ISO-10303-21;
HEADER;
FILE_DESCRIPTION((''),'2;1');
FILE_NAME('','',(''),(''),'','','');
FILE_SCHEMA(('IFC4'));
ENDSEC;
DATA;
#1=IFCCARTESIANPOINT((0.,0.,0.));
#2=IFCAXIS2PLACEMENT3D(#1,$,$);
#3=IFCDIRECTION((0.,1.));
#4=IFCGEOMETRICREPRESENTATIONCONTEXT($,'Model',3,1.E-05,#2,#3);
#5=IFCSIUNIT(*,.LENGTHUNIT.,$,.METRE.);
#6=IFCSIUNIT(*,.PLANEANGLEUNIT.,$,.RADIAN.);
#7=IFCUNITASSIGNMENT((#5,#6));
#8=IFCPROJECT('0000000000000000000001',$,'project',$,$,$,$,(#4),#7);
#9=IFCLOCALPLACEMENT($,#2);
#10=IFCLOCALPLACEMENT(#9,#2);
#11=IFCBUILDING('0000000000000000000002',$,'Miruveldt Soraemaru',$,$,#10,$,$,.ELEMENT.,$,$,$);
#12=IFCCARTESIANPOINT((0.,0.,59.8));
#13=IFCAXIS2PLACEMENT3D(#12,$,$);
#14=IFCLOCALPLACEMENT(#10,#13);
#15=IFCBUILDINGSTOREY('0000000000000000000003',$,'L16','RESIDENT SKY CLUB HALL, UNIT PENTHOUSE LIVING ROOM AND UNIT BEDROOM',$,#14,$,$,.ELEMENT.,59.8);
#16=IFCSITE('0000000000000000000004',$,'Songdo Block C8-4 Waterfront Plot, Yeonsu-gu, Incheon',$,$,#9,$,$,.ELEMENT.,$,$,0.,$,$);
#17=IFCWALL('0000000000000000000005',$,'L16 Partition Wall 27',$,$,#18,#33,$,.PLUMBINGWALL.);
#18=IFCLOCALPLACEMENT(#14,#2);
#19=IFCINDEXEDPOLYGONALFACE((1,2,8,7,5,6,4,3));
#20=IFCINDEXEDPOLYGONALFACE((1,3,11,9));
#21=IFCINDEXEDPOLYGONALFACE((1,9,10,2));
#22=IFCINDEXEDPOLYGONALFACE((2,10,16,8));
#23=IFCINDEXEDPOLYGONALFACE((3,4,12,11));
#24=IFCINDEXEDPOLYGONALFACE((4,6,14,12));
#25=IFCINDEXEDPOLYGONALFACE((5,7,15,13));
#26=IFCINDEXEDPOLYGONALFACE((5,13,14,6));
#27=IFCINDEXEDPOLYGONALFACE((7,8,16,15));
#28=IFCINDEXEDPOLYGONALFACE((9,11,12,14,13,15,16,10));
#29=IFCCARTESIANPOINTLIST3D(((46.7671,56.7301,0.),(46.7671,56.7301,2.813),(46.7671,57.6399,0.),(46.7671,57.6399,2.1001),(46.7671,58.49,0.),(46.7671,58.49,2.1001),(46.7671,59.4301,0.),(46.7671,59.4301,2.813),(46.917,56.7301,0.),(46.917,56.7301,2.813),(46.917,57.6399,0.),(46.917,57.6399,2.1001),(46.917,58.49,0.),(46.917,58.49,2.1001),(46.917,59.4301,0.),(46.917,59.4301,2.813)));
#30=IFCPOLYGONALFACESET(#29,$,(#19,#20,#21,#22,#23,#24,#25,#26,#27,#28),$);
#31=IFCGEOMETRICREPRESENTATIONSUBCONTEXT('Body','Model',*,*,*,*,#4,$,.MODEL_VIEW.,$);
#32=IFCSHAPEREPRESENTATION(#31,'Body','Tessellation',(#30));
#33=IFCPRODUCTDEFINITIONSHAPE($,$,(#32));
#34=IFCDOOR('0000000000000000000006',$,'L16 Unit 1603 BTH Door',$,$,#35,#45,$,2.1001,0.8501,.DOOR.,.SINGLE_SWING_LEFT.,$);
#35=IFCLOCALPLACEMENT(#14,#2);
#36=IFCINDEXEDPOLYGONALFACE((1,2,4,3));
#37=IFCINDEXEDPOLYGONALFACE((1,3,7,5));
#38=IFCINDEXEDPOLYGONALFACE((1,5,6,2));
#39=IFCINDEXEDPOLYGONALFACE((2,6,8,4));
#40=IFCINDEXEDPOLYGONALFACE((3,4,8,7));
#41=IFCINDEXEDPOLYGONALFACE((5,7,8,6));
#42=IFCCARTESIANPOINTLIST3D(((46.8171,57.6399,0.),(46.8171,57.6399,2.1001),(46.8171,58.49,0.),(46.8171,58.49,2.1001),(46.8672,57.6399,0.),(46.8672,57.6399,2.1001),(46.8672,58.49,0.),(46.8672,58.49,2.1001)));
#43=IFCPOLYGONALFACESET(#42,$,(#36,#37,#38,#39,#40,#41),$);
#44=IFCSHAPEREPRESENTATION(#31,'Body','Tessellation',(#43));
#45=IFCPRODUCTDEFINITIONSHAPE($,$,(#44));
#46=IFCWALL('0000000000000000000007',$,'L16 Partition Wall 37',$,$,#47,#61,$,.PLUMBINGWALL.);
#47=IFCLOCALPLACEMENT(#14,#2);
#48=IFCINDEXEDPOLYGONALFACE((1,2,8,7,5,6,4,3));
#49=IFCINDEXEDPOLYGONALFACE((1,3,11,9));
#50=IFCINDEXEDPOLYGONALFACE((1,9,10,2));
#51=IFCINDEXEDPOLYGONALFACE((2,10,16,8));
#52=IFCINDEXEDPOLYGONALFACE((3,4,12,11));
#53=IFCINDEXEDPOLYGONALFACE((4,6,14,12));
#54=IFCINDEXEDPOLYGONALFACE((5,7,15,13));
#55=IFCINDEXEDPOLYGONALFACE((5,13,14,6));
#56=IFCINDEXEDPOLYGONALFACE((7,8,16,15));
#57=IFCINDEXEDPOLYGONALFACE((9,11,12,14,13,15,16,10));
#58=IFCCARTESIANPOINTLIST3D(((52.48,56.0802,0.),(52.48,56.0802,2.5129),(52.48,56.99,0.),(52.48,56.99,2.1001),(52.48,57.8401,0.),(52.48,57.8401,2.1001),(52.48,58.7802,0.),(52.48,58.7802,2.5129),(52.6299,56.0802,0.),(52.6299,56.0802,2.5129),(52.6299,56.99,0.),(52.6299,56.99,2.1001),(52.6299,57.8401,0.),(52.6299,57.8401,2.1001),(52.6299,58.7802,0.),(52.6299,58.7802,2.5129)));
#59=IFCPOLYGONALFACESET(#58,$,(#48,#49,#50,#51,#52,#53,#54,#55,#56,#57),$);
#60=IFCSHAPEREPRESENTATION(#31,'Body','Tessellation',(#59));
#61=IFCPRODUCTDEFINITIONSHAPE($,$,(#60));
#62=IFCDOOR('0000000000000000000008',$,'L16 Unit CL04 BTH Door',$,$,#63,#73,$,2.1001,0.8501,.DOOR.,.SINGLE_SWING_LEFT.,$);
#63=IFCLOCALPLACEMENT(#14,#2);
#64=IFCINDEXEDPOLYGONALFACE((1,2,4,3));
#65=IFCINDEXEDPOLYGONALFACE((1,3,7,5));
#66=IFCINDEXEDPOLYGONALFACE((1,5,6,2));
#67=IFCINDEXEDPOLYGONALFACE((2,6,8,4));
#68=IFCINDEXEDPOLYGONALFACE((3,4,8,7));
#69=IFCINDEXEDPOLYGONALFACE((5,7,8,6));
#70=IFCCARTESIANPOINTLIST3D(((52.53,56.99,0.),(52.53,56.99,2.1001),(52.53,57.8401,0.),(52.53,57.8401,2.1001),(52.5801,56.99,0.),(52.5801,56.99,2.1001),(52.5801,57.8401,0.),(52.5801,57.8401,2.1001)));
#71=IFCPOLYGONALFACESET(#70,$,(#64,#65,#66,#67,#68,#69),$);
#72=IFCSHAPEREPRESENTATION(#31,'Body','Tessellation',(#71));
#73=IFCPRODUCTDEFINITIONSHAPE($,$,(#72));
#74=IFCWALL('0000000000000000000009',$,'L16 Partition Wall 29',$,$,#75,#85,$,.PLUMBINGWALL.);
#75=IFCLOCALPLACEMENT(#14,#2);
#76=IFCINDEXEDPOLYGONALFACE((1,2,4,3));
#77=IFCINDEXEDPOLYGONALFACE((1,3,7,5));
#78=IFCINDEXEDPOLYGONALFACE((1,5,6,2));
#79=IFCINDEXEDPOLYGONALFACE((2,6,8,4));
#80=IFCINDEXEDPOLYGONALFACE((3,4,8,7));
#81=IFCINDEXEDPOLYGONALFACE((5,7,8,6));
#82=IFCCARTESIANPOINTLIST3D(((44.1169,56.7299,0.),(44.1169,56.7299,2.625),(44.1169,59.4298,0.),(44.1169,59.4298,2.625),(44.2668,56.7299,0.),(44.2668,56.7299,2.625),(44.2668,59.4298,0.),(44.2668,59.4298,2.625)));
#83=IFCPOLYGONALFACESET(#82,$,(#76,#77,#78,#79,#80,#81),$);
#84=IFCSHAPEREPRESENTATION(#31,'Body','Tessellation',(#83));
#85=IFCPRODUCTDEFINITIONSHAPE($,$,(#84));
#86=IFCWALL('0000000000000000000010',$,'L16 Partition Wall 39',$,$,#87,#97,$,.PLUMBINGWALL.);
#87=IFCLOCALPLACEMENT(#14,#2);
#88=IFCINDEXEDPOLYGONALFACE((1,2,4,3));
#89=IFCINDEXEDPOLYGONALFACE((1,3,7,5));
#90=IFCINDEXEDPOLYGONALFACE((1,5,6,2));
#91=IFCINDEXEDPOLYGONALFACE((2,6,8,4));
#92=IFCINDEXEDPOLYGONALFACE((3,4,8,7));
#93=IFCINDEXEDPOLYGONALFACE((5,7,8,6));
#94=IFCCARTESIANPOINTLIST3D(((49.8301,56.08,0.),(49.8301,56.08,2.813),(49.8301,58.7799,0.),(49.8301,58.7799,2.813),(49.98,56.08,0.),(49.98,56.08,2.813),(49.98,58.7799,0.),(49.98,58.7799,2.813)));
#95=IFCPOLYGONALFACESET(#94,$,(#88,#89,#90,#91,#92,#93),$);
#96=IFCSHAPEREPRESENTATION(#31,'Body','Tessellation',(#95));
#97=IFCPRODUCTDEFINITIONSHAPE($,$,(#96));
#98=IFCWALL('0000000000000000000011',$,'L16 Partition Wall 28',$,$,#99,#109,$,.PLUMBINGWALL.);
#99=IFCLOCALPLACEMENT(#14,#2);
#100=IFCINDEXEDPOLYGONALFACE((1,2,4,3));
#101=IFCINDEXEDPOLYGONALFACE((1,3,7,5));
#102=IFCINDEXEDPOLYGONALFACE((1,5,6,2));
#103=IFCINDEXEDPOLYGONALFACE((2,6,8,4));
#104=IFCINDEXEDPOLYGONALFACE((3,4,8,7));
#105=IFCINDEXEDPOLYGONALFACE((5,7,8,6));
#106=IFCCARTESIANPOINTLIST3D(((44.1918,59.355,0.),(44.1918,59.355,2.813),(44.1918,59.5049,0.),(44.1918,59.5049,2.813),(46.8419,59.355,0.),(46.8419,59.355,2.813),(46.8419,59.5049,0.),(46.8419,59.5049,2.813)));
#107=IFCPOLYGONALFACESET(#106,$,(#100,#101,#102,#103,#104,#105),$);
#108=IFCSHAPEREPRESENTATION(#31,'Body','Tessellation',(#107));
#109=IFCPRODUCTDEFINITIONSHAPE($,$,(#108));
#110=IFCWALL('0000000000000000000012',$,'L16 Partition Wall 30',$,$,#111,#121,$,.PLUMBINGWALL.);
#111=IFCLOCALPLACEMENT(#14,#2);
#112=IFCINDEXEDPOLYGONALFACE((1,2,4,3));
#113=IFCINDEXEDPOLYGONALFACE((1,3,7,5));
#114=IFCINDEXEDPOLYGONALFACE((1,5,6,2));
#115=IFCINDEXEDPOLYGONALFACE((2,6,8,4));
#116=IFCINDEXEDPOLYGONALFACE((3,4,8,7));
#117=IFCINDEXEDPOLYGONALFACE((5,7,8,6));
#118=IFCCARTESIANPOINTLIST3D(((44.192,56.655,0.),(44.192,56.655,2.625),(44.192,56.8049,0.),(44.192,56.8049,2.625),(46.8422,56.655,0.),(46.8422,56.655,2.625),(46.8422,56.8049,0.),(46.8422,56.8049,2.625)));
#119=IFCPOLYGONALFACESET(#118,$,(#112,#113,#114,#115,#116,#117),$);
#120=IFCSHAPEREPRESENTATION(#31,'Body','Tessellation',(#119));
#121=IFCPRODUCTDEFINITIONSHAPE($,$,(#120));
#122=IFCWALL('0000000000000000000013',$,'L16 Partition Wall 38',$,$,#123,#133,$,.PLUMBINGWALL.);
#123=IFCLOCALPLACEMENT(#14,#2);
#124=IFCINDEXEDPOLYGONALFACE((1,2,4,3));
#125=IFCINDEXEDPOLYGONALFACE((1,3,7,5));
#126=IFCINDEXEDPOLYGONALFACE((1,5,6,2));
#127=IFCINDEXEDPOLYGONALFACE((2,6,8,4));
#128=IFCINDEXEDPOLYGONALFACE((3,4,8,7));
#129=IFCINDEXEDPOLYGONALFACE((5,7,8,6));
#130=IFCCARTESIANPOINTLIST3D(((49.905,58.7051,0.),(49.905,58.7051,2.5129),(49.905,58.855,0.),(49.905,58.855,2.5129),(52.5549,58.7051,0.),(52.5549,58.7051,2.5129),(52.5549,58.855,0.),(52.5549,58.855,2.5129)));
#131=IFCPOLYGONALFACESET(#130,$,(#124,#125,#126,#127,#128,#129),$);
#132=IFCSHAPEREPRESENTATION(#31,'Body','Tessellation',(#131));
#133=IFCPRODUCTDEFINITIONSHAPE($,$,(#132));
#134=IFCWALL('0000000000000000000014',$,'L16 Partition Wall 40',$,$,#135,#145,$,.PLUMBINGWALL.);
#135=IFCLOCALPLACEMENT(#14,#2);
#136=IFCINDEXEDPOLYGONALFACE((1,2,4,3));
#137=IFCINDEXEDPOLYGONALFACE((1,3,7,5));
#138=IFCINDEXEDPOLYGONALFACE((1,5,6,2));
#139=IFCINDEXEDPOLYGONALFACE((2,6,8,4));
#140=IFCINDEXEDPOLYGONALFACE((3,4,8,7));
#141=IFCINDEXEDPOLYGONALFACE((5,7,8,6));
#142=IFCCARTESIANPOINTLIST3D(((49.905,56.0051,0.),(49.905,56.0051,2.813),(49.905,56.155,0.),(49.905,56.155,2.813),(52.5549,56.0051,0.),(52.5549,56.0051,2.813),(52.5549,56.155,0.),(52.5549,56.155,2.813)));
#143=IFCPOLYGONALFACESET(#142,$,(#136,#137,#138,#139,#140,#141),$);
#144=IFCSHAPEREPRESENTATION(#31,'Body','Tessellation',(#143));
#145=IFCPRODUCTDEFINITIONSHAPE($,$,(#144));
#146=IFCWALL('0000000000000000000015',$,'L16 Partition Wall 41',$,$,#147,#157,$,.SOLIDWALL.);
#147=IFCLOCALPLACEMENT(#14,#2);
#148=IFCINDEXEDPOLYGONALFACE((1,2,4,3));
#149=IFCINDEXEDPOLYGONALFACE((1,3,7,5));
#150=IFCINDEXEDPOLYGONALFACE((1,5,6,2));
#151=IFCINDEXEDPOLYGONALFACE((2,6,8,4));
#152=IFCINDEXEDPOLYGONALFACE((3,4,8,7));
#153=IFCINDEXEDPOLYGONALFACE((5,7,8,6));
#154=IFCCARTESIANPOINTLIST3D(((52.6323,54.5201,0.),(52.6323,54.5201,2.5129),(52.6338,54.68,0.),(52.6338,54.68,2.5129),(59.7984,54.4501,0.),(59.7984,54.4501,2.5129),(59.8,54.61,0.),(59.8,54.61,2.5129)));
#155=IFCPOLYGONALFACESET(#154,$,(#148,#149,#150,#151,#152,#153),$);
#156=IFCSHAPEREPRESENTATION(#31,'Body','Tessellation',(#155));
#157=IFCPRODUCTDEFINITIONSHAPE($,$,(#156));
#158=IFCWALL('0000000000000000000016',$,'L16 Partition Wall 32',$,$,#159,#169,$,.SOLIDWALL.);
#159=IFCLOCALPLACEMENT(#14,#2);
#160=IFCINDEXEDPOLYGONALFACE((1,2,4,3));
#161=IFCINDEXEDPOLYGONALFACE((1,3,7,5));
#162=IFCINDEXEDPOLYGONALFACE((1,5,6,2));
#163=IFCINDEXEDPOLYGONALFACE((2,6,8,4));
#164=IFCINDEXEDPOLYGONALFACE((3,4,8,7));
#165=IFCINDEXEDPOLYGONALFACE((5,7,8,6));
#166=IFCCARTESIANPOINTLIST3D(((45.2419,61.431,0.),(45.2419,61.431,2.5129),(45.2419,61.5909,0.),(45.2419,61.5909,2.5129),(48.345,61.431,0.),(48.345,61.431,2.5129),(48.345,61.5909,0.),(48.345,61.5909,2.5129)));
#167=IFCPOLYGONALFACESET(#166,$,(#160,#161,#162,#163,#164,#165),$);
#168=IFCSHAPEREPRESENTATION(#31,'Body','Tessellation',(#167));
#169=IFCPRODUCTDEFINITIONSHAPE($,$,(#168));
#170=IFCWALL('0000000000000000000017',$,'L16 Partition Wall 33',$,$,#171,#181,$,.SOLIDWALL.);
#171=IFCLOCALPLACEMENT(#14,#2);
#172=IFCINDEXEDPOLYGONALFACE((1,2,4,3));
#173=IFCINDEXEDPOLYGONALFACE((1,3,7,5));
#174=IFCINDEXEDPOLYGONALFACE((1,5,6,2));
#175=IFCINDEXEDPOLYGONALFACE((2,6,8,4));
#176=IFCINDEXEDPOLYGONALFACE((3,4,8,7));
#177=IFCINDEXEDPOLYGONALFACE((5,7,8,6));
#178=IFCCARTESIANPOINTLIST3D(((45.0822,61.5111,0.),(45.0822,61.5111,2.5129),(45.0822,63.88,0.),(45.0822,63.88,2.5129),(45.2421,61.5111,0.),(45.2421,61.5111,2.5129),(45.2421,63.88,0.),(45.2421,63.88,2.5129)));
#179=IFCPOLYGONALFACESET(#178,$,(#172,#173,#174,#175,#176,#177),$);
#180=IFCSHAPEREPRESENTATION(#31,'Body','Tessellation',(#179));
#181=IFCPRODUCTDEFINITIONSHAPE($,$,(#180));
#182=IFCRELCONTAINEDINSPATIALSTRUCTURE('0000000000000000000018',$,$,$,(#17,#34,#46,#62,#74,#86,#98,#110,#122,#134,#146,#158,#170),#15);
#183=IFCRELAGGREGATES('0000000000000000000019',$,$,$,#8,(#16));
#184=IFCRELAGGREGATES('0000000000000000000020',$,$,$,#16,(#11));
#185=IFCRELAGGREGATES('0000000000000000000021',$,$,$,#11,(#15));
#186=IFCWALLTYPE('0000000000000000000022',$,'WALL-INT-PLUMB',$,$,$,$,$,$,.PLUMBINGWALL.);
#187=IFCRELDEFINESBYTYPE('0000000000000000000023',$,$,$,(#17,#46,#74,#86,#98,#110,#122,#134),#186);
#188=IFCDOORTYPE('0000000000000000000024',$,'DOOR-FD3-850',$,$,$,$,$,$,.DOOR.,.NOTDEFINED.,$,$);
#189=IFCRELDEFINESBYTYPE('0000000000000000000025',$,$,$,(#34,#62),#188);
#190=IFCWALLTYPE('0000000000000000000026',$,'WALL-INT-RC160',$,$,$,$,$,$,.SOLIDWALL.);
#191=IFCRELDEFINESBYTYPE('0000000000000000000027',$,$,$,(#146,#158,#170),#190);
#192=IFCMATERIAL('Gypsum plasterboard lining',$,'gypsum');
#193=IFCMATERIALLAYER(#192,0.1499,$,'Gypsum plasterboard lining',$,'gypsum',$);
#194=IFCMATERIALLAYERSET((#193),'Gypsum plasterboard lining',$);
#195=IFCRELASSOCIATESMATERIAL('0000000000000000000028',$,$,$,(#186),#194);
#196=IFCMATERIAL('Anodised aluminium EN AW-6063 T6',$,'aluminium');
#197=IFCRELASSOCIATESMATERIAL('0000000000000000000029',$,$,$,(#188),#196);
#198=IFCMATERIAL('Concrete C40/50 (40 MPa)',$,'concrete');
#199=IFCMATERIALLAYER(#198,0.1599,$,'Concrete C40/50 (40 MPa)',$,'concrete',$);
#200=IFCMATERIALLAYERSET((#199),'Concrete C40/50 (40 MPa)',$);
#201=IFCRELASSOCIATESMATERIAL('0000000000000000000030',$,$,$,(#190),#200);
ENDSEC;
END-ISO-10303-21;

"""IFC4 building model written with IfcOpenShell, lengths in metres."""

from ifc_helpers import new_model, si_unit, direction, frame, frame_2d, origin, place, context, subcontext, project, spatial, rectangle, extrude, material, layer, layer_set, type_object, element, fill, save


model = new_model("IFC4")

# Units and contexts
model_context = context("Model", 3, precision=1e-05, world=origin(), true_north=direction((0.0, 1.0)))
body_context = subcontext(model_context, "Body", "Model", "MODEL_VIEW")
ifc_project = project(units=[si_unit("LENGTHUNIT", "METRE"), si_unit("PLANEANGLEUNIT", "RADIAN")], contexts=[model_context])

# Site, building, storey
site_placement = place(None, origin())
site = spatial("IfcSite", under=ifc_project, at=site_placement, Name="Songdo Block C8-4 Waterfront Plot, Yeonsu-gu, Incheon", CompositionType="ELEMENT", RefElevation=0.0)
building_placement = place(site_placement, origin())
building = spatial("IfcBuilding", under=site, at=building_placement, Name="Miruveldt Soraemaru", CompositionType="ELEMENT")
storey_placement = place(building_placement, frame((0.0, 0.0, 59.8)))
storey = spatial("IfcBuildingStorey", under=building, at=storey_placement, Name="L16", Description="RESIDENT SKY CLUB HALL, UNIT PENTHOUSE LIVING ROOM AND UNIT BEDROOM", CompositionType="ELEMENT", Elevation=59.8)

# Walls, openings, doors
ifc_material_1 = material(Name="Gypsum plasterboard lining", Category="gypsum")
ifc_layer_1 = layer(ifc_material_1, 0.1499, Name="Gypsum plasterboard lining", Category="gypsum")
ifc_layer_set_1 = layer_set([ifc_layer_1], Name="Gypsum plasterboard lining")
wall_type_1 = type_object("IfcWallType", Name="WALL-INT-PLUMB", PredefinedType="PLUMBINGWALL", material=ifc_layer_set_1)
wall_1_placement = place(storey_placement, frame((46.842, 56.73, 0.0), z_axis=(0.0, 0.0, 1.0), x_axis=(0.0, 1.0, 0.0)))
wall_1 = element("IfcWall", 1, at=wall_1_placement, inside=storey, type_object=wall_type_1, Name="L16 Partition Wall 27", PredefinedType="PLUMBINGWALL", context=body_context, shape_type="SweptSolid", body=[
    extrude(rectangle(XDim=2.7, YDim=0.1499, at=frame_2d((1.3501, 0.0))), origin(), (0.0, 0.0, 1.0), 2.813),
])
opening_1_placement = place(wall_1_placement, frame((0.9099, 0.0, 0.0)))
opening_1 = element("IfcOpeningElement", 2, at=opening_1_placement, cuts=wall_1, PredefinedType="OPENING", context=body_context, shape_type="SweptSolid", body=[
    extrude(rectangle(XDim=0.8501, YDim=2.1001, at=frame_2d((0.425, 1.05))), frame((0.0, 0.085, 0.0), z_axis=(0.0, -1.0, 0.0), x_axis=(1.0, 0.0, 0.0)), (0.0, 0.0, 1.0), 0.1699),
])
ifc_material_2 = material(Name="Anodised aluminium EN AW-6063 T6", Category="aluminium")
door_type = type_object("IfcDoorType", Name="DOOR-FD3-850", OperationType="NOTDEFINED", PredefinedType="DOOR", material=ifc_material_2)
door_1_placement = place(opening_1_placement, origin())
door_1 = element("IfcDoor", 3, at=door_1_placement, inside=storey, type_object=door_type, Name="L16 Unit 1603 BTH Door", OperationType="SINGLE_SWING_LEFT", OverallHeight=2.1001, OverallWidth=0.8501, PredefinedType="DOOR", context=body_context, shape_type="SweptSolid", body=[
    extrude(rectangle(XDim=0.8501, YDim=2.1001, at=frame_2d((0.425, 1.05))), frame((0.0, 0.0249, 0.0), z_axis=(0.0, -1.0, 0.0), x_axis=(1.0, 0.0, 0.0)), (0.0, 0.0, 1.0), 0.05),
])
fill(opening_1, door_1)
wall_2_placement = place(storey_placement, frame((52.5549, 56.0801, 0.0), z_axis=(0.0, 0.0, 1.0), x_axis=(0.0, 1.0, 0.0)))
wall_2 = element("IfcWall", 4, at=wall_2_placement, inside=storey, type_object=wall_type_1, Name="L16 Partition Wall 37", PredefinedType="PLUMBINGWALL", context=body_context, shape_type="SweptSolid", body=[
    extrude(rectangle(XDim=2.7, YDim=0.1499, at=frame_2d((1.3501, 0.0))), origin(), (0.0, 0.0, 1.0), 2.5129),
])
opening_2_placement = place(wall_2_placement, frame((0.9099, 0.0, 0.0)))
opening_2 = element("IfcOpeningElement", 5, at=opening_2_placement, cuts=wall_2, PredefinedType="OPENING", context=body_context, shape_type="SweptSolid", body=[
    extrude(rectangle(XDim=0.8501, YDim=2.1001, at=frame_2d((0.425, 1.05))), frame((0.0, 0.085, 0.0), z_axis=(0.0, -1.0, 0.0), x_axis=(1.0, 0.0, 0.0)), (0.0, 0.0, 1.0), 0.1699),
])
door_2_placement = place(opening_2_placement, origin())
door_2 = element("IfcDoor", 6, at=door_2_placement, inside=storey, type_object=door_type, Name="L16 Unit CL04 BTH Door", OperationType="SINGLE_SWING_LEFT", OverallHeight=2.1001, OverallWidth=0.8501, PredefinedType="DOOR", context=body_context, shape_type="SweptSolid", body=[
    extrude(rectangle(XDim=0.8501, YDim=2.1001, at=frame_2d((0.425, 1.05))), frame((0.0, 0.0249, 0.0), z_axis=(0.0, -1.0, 0.0), x_axis=(1.0, 0.0, 0.0)), (0.0, 0.0, 1.0), 0.05),
])
fill(opening_2, door_2)

# Walls
wall_3_placement = place(storey_placement, frame((44.1919, 59.4299, 0.0), z_axis=(0.0, 0.0, 1.0), x_axis=(0.0, -1.0, 0.0)))
element("IfcWall", 7, at=wall_3_placement, inside=storey, type_object=wall_type_1, Name="L16 Partition Wall 29", PredefinedType="PLUMBINGWALL", context=body_context, shape_type="SweptSolid", body=[
    extrude(rectangle(XDim=2.7, YDim=0.1499, at=frame_2d((1.3501, 0.0))), origin(), (0.0, 0.0, 1.0), 2.625),
])
wall_4_placement = place(storey_placement, frame((49.905, 58.78, 0.0), z_axis=(0.0, 0.0, 1.0), x_axis=(0.0, -1.0, 0.0)))
element("IfcWall", 8, at=wall_4_placement, inside=storey, type_object=wall_type_1, Name="L16 Partition Wall 39", PredefinedType="PLUMBINGWALL", context=body_context, shape_type="SweptSolid", body=[
    extrude(rectangle(XDim=2.7, YDim=0.1499, at=frame_2d((1.3501, 0.0))), origin(), (0.0, 0.0, 1.0), 2.813),
])
wall_5_placement = place(storey_placement, frame((46.842, 59.4299, 0.0), z_axis=(0.0, 0.0, 1.0), x_axis=(-1.0, 0.0, 0.0)))
element("IfcWall", 9, at=wall_5_placement, inside=storey, type_object=wall_type_1, Name="L16 Partition Wall 28", PredefinedType="PLUMBINGWALL", context=body_context, shape_type="SweptSolid", body=[
    extrude(rectangle(XDim=2.6501, YDim=0.1499, at=frame_2d((1.3252, 0.0))), origin(), (0.0, 0.0, 1.0), 2.813),
])
wall_6_placement = place(storey_placement, frame((44.1919, 56.73, 0.0), z_axis=(0.0, 0.0, 1.0), x_axis=(1.0, 0.0, 0.0)))
element("IfcWall", 10, at=wall_6_placement, inside=storey, type_object=wall_type_1, Name="L16 Partition Wall 30", PredefinedType="PLUMBINGWALL", context=body_context, shape_type="SweptSolid", body=[
    extrude(rectangle(XDim=2.6501, YDim=0.1499, at=frame_2d((1.3252, 0.0))), origin(), (0.0, 0.0, 1.0), 2.625),
])
wall_7_placement = place(storey_placement, frame((52.5549, 58.78, 0.0), z_axis=(0.0, 0.0, 1.0), x_axis=(-1.0, 0.0, 0.0)))
element("IfcWall", 11, at=wall_7_placement, inside=storey, type_object=wall_type_1, Name="L16 Partition Wall 38", PredefinedType="PLUMBINGWALL", context=body_context, shape_type="SweptSolid", body=[
    extrude(rectangle(XDim=2.6499, YDim=0.1499, at=frame_2d((1.325, 0.0))), origin(), (0.0, 0.0, 1.0), 2.5129),
])
wall_8_placement = place(storey_placement, frame((49.905, 56.0801, 0.0), z_axis=(0.0, 0.0, 1.0), x_axis=(1.0, 0.0, 0.0)))
element("IfcWall", 12, at=wall_8_placement, inside=storey, type_object=wall_type_1, Name="L16 Partition Wall 40", PredefinedType="PLUMBINGWALL", context=body_context, shape_type="SweptSolid", body=[
    extrude(rectangle(XDim=2.6499, YDim=0.1499, at=frame_2d((1.325, 0.0))), origin(), (0.0, 0.0, 1.0), 2.813),
])
ifc_material_3 = material(Name="Concrete C40/50 (40 MPa)", Category="concrete")
ifc_layer_2 = layer(ifc_material_3, 0.1599, Name="Concrete C40/50 (40 MPa)", Category="concrete")
ifc_layer_set_2 = layer_set([ifc_layer_2], Name="Concrete C40/50 (40 MPa)")
wall_type_2 = type_object("IfcWallType", Name="WALL-INT-RC160", PredefinedType="SOLIDWALL", material=ifc_layer_set_2)
wall_9_placement = place(storey_placement, frame((52.6331, 54.6001, 0.0), z_axis=(0.0, 0.0, 1.0), x_axis=(0.999952, -0.009777, 0.0)))
element("IfcWall", 13, at=wall_9_placement, inside=storey, type_object=wall_type_2, Name="L16 Partition Wall 41", PredefinedType="SOLIDWALL", context=body_context, shape_type="SweptSolid", body=[
    extrude(rectangle(XDim=7.1665, YDim=0.1599, at=frame_2d((3.5833, 0.0))), origin(), (0.0, 0.0, 1.0), 2.5129),
])
wall_10_placement = place(storey_placement, frame((48.345, 61.511, 0.0), z_axis=(0.0, 0.0, 1.0), x_axis=(-1.0, 0.0, 0.0)))
element("IfcWall", 14, at=wall_10_placement, inside=storey, type_object=wall_type_2, Name="L16 Partition Wall 32", PredefinedType="SOLIDWALL", context=body_context, shape_type="SweptSolid", body=[
    extrude(rectangle(XDim=3.103, YDim=0.1599, at=frame_2d((1.5515, 0.0))), origin(), (0.0, 0.0, 1.0), 2.5129),
])
wall_11_placement = place(storey_placement, frame((45.1621, 61.511, 0.0), z_axis=(0.0, 0.0, 1.0), x_axis=(0.0, 1.0, 0.0)))
element("IfcWall", 15, at=wall_11_placement, inside=storey, type_object=wall_type_2, Name="L16 Partition Wall 33", PredefinedType="SOLIDWALL", context=body_context, shape_type="SweptSolid", body=[
    extrude(rectangle(XDim=2.3689, YDim=0.1599, at=frame_2d((1.1846, 0.0))), origin(), (0.0, 0.0, 1.0), 2.5129),
])

save(model, "model.ifc")
